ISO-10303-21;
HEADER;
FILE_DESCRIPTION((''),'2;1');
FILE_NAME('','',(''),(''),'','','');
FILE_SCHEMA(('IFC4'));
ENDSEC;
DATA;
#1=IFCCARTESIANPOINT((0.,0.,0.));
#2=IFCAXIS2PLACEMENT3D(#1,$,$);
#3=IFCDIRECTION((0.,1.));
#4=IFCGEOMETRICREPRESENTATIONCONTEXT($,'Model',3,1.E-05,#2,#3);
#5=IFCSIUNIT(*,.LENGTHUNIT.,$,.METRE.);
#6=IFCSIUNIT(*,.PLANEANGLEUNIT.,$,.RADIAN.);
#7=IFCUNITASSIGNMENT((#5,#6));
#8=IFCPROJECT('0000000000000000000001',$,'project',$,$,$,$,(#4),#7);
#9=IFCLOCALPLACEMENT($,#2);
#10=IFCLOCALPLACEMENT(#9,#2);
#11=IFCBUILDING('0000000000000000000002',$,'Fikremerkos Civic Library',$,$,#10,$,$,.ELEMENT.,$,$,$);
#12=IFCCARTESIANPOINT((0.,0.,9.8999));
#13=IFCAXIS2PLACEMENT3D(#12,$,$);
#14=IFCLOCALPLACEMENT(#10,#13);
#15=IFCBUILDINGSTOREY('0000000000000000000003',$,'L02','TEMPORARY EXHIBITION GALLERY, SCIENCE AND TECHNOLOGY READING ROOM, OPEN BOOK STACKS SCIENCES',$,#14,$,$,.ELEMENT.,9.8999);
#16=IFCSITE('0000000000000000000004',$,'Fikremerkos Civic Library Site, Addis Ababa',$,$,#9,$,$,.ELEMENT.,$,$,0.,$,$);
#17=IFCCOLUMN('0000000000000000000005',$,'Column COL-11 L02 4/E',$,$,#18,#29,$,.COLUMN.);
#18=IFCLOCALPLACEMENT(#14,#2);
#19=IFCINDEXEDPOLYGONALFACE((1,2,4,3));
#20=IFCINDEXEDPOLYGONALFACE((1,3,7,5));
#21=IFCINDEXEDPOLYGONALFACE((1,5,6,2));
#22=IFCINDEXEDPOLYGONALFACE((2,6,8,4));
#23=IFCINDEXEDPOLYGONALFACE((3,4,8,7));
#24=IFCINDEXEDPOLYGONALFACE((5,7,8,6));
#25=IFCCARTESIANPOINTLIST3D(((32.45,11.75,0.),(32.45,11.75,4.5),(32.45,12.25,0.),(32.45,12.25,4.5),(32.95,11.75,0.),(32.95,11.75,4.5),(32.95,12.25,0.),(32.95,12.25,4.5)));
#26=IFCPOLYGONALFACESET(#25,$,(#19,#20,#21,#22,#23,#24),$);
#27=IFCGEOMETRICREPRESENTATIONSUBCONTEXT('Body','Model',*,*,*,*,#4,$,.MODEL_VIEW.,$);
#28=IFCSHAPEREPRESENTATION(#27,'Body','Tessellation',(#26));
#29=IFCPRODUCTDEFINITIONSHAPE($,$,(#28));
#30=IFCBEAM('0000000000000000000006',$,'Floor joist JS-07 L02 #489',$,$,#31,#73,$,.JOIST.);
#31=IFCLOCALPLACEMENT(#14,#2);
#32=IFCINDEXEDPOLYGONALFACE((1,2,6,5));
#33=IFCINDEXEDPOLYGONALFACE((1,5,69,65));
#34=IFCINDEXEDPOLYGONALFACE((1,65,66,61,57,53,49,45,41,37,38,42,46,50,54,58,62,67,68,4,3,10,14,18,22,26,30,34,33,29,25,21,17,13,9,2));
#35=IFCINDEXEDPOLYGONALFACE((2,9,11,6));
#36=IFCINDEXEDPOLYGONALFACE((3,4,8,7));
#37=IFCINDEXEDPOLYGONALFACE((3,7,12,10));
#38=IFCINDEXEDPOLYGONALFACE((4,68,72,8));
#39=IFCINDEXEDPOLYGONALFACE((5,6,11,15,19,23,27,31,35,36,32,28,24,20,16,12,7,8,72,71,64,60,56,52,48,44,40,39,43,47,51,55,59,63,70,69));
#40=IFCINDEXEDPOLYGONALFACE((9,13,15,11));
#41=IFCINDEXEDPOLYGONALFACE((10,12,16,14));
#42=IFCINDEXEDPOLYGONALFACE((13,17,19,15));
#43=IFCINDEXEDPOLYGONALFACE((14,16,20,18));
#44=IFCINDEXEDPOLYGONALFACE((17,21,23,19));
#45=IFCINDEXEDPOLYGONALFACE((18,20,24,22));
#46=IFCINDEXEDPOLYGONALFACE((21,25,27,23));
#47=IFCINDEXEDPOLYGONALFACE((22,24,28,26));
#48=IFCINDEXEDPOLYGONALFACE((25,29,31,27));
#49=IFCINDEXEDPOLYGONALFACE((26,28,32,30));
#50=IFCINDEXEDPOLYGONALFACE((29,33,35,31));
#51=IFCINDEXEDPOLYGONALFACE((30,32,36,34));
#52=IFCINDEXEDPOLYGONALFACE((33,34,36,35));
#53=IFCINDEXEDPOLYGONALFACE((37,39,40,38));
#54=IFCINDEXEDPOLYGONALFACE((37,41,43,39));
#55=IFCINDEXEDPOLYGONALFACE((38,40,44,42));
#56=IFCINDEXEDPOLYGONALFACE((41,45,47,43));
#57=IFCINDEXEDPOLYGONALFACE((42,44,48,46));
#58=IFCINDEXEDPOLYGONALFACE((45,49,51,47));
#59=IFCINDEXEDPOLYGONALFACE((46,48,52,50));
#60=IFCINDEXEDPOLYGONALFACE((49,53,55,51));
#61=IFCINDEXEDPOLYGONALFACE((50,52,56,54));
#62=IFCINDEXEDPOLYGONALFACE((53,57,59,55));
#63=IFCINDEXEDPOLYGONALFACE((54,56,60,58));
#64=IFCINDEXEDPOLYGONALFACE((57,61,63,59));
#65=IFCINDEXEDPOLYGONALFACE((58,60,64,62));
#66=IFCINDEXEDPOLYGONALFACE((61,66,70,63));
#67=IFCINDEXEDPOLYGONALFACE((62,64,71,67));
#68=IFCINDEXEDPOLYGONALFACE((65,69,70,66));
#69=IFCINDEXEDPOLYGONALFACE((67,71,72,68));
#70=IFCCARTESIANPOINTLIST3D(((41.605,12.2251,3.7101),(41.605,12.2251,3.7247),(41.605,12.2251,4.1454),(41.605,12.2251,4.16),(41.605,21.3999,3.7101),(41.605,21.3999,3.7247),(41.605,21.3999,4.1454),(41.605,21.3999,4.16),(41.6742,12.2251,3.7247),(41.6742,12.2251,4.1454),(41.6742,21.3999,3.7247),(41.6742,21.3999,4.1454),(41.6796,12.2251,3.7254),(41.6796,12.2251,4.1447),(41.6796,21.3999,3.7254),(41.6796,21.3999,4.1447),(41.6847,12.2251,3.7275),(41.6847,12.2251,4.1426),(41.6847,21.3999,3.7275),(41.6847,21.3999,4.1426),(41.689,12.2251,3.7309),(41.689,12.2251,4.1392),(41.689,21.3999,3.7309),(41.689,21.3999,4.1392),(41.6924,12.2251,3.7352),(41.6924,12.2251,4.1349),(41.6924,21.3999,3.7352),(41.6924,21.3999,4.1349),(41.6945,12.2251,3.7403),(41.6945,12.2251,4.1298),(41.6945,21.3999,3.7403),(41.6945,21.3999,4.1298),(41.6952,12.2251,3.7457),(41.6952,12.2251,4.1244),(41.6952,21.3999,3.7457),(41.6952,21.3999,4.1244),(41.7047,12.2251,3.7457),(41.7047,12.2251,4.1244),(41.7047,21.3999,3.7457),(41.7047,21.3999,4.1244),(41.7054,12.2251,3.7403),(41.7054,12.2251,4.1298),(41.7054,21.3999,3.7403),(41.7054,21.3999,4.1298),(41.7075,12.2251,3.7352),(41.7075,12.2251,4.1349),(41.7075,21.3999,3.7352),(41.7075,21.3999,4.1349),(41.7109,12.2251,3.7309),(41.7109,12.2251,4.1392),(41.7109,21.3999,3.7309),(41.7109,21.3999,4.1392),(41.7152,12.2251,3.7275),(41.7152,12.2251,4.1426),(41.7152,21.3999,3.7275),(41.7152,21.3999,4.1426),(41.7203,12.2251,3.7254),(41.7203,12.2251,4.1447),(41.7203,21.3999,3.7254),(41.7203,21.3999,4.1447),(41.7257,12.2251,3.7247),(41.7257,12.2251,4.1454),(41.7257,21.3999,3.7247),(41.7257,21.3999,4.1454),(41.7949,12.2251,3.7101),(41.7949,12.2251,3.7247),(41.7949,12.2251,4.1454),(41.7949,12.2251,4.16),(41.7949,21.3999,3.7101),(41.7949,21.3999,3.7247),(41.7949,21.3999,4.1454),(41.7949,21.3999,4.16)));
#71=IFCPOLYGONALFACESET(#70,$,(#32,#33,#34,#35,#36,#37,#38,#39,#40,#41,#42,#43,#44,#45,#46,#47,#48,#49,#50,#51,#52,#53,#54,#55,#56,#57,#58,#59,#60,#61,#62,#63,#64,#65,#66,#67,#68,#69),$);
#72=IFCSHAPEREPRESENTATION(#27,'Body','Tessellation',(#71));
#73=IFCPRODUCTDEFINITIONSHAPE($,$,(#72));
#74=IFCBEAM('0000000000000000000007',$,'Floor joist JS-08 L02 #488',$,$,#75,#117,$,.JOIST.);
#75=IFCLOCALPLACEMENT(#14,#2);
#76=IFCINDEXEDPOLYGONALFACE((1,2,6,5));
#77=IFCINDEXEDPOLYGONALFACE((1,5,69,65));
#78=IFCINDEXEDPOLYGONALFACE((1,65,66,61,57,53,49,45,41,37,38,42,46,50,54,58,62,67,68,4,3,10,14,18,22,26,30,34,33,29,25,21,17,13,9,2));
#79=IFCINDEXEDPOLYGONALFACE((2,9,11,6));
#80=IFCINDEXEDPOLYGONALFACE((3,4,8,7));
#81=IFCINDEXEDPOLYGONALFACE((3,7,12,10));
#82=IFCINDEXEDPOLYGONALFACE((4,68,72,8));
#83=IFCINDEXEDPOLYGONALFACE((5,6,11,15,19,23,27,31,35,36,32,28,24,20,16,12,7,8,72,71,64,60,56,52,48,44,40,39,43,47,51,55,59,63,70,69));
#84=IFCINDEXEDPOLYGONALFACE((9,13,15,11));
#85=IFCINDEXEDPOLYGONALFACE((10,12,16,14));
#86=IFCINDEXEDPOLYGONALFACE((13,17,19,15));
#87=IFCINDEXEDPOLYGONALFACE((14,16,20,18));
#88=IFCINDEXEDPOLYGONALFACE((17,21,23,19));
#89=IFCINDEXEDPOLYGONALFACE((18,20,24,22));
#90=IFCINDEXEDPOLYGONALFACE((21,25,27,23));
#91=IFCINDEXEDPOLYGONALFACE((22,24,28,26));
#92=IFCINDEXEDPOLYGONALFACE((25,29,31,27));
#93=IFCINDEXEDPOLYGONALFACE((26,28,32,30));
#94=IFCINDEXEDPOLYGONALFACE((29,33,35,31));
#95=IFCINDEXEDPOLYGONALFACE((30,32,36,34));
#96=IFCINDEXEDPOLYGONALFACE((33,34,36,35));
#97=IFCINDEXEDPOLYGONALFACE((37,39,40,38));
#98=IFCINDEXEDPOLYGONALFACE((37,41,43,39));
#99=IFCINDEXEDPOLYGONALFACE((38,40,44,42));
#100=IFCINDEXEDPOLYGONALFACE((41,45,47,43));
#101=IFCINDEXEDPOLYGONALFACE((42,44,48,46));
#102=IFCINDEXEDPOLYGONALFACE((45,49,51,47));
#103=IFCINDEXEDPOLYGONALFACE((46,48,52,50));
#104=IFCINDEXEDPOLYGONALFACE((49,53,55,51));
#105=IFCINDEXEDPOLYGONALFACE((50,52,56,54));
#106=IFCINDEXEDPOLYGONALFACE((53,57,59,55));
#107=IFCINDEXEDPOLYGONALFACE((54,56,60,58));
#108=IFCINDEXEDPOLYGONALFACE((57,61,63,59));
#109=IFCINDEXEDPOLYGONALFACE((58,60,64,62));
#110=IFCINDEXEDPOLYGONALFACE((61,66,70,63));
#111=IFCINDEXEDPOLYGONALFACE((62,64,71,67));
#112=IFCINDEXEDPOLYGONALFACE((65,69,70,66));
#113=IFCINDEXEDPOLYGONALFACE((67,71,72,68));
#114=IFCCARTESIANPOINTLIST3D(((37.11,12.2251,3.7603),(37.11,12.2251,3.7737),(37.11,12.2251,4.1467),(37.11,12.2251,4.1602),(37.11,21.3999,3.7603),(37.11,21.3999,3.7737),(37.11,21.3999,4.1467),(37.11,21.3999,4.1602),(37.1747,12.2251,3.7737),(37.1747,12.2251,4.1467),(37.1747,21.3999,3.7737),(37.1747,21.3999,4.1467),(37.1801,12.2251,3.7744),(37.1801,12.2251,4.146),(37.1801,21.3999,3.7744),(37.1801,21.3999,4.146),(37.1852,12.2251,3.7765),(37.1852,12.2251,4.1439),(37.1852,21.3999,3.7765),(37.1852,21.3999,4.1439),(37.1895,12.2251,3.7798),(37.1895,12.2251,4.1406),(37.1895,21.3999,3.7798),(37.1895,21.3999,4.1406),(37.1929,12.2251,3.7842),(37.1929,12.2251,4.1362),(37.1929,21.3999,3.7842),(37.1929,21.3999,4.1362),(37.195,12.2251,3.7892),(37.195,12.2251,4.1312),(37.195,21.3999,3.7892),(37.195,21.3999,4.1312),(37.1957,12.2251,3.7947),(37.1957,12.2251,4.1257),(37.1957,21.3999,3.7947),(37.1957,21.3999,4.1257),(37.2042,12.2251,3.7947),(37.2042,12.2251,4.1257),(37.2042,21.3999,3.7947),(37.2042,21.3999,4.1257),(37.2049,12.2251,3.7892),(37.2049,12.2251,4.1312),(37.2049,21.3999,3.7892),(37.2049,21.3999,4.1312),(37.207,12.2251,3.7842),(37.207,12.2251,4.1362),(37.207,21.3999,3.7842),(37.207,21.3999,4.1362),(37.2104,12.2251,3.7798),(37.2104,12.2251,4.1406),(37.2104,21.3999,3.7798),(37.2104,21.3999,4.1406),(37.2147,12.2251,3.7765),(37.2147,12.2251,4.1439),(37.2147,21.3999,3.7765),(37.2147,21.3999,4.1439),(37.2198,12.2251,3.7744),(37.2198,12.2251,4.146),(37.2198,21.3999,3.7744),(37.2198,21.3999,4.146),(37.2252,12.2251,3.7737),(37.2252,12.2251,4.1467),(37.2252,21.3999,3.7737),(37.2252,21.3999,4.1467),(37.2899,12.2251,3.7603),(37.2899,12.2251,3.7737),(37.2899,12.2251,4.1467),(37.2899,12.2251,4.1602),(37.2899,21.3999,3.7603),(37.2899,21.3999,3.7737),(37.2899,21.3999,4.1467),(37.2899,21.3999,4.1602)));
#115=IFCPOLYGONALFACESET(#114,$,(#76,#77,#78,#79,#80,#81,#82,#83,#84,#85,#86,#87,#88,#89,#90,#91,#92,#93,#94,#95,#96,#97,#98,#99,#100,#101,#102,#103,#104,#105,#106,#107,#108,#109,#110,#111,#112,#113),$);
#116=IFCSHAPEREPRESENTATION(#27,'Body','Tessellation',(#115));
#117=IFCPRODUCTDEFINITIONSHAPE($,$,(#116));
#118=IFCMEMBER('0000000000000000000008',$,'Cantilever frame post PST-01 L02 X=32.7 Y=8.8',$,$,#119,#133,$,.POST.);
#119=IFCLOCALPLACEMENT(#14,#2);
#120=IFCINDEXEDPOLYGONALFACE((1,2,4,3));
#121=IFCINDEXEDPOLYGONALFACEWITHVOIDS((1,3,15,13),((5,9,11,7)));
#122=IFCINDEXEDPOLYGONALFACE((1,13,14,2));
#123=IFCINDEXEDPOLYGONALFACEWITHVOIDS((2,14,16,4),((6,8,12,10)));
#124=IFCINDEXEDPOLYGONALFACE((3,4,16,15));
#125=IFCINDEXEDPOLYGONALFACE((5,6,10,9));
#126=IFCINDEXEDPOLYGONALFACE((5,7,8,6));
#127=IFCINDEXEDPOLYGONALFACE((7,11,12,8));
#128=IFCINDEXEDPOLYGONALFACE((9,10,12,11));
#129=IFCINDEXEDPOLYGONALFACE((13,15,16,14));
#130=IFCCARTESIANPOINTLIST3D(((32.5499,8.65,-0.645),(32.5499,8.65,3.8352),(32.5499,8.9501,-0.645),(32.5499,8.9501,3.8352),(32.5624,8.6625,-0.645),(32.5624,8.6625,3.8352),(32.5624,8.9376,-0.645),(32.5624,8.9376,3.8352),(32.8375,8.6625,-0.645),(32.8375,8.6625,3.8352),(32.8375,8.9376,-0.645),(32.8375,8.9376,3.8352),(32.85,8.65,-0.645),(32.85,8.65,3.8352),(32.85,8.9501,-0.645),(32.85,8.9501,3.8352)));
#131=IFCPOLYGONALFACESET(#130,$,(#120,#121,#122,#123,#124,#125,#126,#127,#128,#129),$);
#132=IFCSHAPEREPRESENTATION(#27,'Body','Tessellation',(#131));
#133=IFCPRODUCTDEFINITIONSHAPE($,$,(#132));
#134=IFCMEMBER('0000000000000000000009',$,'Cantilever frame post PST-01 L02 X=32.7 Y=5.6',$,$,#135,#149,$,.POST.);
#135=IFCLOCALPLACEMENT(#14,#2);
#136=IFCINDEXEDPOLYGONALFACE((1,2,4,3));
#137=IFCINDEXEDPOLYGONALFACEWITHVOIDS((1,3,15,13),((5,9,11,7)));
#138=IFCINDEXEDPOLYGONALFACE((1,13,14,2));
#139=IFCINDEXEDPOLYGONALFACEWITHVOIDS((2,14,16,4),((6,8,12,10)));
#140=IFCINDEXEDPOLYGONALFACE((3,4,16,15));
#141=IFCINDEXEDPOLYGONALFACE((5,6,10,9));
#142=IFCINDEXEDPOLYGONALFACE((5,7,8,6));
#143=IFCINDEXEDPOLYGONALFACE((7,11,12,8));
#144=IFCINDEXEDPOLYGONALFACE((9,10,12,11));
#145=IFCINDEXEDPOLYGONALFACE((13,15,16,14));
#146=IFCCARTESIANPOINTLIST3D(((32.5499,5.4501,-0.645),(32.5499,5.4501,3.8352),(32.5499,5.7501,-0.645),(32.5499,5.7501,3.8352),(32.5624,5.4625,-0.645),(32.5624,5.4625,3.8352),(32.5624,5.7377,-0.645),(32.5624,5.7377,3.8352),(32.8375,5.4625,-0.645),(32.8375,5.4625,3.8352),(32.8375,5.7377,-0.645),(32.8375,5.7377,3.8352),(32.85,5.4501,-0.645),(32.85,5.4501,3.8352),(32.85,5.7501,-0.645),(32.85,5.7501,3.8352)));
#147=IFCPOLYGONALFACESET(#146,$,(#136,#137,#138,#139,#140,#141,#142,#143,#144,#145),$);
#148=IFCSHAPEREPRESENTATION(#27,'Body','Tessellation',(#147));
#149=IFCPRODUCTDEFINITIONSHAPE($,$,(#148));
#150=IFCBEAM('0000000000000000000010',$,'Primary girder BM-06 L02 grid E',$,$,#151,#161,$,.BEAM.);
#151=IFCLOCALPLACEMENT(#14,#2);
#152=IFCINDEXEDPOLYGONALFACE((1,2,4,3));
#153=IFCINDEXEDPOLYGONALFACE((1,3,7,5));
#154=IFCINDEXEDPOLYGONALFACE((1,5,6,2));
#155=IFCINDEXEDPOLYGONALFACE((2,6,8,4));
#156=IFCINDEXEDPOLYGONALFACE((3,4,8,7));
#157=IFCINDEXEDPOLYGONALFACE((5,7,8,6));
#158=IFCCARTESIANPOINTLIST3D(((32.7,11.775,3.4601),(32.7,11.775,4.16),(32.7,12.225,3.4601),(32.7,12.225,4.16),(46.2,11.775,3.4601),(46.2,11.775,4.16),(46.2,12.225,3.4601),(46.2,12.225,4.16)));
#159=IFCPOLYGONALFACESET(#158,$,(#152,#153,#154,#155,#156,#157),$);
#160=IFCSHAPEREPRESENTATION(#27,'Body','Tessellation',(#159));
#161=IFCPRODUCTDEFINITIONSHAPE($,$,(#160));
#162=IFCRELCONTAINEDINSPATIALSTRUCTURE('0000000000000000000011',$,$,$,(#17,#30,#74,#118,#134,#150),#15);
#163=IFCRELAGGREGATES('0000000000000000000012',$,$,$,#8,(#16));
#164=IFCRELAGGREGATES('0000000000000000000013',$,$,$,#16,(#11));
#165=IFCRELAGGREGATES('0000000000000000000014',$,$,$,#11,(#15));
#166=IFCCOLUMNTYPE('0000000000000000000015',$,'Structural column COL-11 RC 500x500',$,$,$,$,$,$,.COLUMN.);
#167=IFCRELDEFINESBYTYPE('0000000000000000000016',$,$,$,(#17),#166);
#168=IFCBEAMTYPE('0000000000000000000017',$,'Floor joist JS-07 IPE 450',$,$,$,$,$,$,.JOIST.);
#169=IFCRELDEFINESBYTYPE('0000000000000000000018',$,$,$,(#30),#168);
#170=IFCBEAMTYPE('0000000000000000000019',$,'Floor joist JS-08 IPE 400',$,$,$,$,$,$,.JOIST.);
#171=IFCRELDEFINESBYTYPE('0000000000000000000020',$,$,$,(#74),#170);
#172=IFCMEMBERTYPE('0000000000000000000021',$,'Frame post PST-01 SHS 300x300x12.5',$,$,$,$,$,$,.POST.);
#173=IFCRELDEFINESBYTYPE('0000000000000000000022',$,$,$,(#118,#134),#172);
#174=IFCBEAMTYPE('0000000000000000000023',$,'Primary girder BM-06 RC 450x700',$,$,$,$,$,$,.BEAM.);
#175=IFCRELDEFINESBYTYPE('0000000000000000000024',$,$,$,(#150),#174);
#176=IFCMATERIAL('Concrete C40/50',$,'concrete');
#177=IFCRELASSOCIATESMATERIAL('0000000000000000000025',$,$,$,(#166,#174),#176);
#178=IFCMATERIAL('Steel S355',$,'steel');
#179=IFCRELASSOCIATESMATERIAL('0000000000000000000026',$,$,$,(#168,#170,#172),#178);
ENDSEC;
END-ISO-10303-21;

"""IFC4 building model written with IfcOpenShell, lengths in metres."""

from ifc_helpers import new_model, si_unit, direction, frame, origin, origin_2d, place, context, subcontext, project, spatial, rectangle, hollow_rectangle, i_section, extrude, material, material_profile, profile_set, type_object, element, save


model = new_model("IFC4")

# Units and contexts
model_context = context("Model", 3, precision=1e-05, world=origin(), true_north=direction((0.0, 1.0)))
body_context = subcontext(model_context, "Body", "Model", "MODEL_VIEW")
ifc_project = project(units=[si_unit("LENGTHUNIT", "METRE"), si_unit("PLANEANGLEUNIT", "RADIAN")], contexts=[model_context])

# Site, building, storey
site_placement = place(None, origin())
site = spatial("IfcSite", under=ifc_project, at=site_placement, Name="Fikremerkos Civic Library Site, Addis Ababa", CompositionType="ELEMENT", RefElevation=0.0)
building_placement = place(site_placement, origin())
building = spatial("IfcBuilding", under=site, at=building_placement, Name="Fikremerkos Civic Library", CompositionType="ELEMENT")
storey_placement = place(building_placement, frame((0.0, 0.0, 9.8999)))
storey = spatial("IfcBuildingStorey", under=building, at=storey_placement, Name="L02", Description="TEMPORARY EXHIBITION GALLERY, SCIENCE AND TECHNOLOGY READING ROOM, OPEN BOOK STACKS SCIENCES", CompositionType="ELEMENT", Elevation=9.8999)

# Column
ifc_material_1 = material(Name="Concrete C40/50", Category="concrete")
ifc_material_profile_1 = material_profile(ifc_material_1, rectangle(XDim=0.5, YDim=0.5, at=origin_2d()), Name="RC 500x500")
ifc_profile_set_1 = profile_set([ifc_material_profile_1], Name="Concrete C40/50")
column_type = type_object("IfcColumnType", Name="Structural column COL-11 RC 500x500", PredefinedType="COLUMN", material=ifc_profile_set_1)
column_placement = place(storey_placement, frame((32.7, 12.0, 0.0), z_axis=(0.0, 0.0, 1.0), x_axis=(1.0, 0.0, 0.0)))
element("IfcColumn", 1, at=column_placement, inside=storey, type_object=column_type, Name="Column COL-11 L02 4/E", PredefinedType="COLUMN", context=body_context, shape_type="SweptSolid", body=[
    extrude(rectangle(XDim=0.5, YDim=0.5, at=origin_2d()), origin(), (0.0, 0.0, 1.0), 4.5),
])

# Beams
ifc_material_2 = material(Name="Steel S355", Category="steel")
ifc_material_profile_2 = material_profile(ifc_material_2, i_section(OverallWidth=0.1899, OverallDepth=0.45, WebThickness=0.0095, FlangeThickness=0.0146, FilletRadius=0.021, at=origin_2d()), Name="IPE 450")
ifc_profile_set_2 = profile_set([ifc_material_profile_2], Name="Steel S355")
beam_type_1 = type_object("IfcBeamType", Name="Floor joist JS-07 IPE 450", PredefinedType="JOIST", material=ifc_profile_set_2)
beam_1_placement = place(storey_placement, frame((41.7, 12.2251, 3.9351), z_axis=(0.0, 1.0, 0.0), x_axis=(-1.0, 0.0, 0.0)))
element("IfcBeam", 2, at=beam_1_placement, inside=storey, type_object=beam_type_1, Name="Floor joist JS-07 L02 #489", PredefinedType="JOIST", context=body_context, shape_type="SweptSolid", body=[
    extrude(i_section(OverallWidth=0.1899, OverallDepth=0.45, WebThickness=0.0095, FlangeThickness=0.0146, FilletRadius=0.021, at=origin_2d()), origin(), (0.0, 0.0, 1.0), 9.1748),
])
ifc_material_profile_3 = material_profile(ifc_material_2, i_section(OverallWidth=0.1799, OverallDepth=0.3999, WebThickness=0.0085, FlangeThickness=0.0134, FilletRadius=0.021, at=origin_2d()), Name="IPE 400")
ifc_profile_set_3 = profile_set([ifc_material_profile_3], Name="Steel S355")
beam_type_2 = type_object("IfcBeamType", Name="Floor joist JS-08 IPE 400", PredefinedType="JOIST", material=ifc_profile_set_3)
beam_2_placement = place(storey_placement, frame((37.2, 12.2251, 3.9602), z_axis=(0.0, 1.0, 0.0), x_axis=(-1.0, 0.0, 0.0)))
element("IfcBeam", 3, at=beam_2_placement, inside=storey, type_object=beam_type_2, Name="Floor joist JS-08 L02 #488", PredefinedType="JOIST", context=body_context, shape_type="SweptSolid", body=[
    extrude(i_section(OverallWidth=0.1799, OverallDepth=0.3999, WebThickness=0.0085, FlangeThickness=0.0134, FilletRadius=0.021, at=origin_2d()), origin(), (0.0, 0.0, 1.0), 9.1748),
])

# Members
ifc_material_profile_4 = material_profile(ifc_material_2, hollow_rectangle(XDim=0.3, YDim=0.3, WallThickness=0.0125, at=origin_2d()), Name="SHS 300x300x12.5")
ifc_profile_set_4 = profile_set([ifc_material_profile_4], Name="Steel S355")
member_type_1 = type_object("IfcMemberType", Name="Frame post PST-01 SHS 300x300x12.5", PredefinedType="POST", material=ifc_profile_set_4)
for number, where, z_axis, x_axis, name in (
    (4, (32.7, 8.8, -0.645), (0.0, 0.0, 1.0), (1.0, 0.0, 0.0), "Cantilever frame post PST-01 L02 X=32.7 Y=8.8"),
    (5, (32.7, 5.6001, -0.645), (0.0, 0.0, 1.0), (1.0, 0.0, 0.0), "Cantilever frame post PST-01 L02 X=32.7 Y=5.6"),
):
    element("IfcMember", number, at=place(storey_placement, frame(where, z_axis=z_axis, x_axis=x_axis)), inside=storey, type_object=member_type_1, Name=name, PredefinedType="POST", context=body_context, shape_type="SweptSolid", body=[
        extrude(hollow_rectangle(XDim=0.3, YDim=0.3, WallThickness=0.0125, at=origin_2d()), origin(), (0.0, 0.0, 1.0), 4.4802),
    ])

# Beam
ifc_material_profile_5 = material_profile(ifc_material_1, rectangle(XDim=0.45, YDim=0.7, at=origin_2d()), Name="RC 450x700")
ifc_profile_set_5 = profile_set([ifc_material_profile_5], Name="Concrete C40/50")
beam_type_3 = type_object("IfcBeamType", Name="Primary girder BM-06 RC 450x700", PredefinedType="BEAM", material=ifc_profile_set_5)
beam_3_placement = place(storey_placement, frame((32.7, 12.0, 3.8101), z_axis=(1.0, 0.0, 0.0), x_axis=(0.0, 1.0, 0.0)))
element("IfcBeam", 6, at=beam_3_placement, inside=storey, type_object=beam_type_3, Name="Primary girder BM-06 L02 grid E", PredefinedType="BEAM", context=body_context, shape_type="SweptSolid", body=[
    extrude(rectangle(XDim=0.45, YDim=0.7, at=origin_2d()), origin(), (0.0, 0.0, 1.0), 13.5),
])

save(model, "model.ifc")
